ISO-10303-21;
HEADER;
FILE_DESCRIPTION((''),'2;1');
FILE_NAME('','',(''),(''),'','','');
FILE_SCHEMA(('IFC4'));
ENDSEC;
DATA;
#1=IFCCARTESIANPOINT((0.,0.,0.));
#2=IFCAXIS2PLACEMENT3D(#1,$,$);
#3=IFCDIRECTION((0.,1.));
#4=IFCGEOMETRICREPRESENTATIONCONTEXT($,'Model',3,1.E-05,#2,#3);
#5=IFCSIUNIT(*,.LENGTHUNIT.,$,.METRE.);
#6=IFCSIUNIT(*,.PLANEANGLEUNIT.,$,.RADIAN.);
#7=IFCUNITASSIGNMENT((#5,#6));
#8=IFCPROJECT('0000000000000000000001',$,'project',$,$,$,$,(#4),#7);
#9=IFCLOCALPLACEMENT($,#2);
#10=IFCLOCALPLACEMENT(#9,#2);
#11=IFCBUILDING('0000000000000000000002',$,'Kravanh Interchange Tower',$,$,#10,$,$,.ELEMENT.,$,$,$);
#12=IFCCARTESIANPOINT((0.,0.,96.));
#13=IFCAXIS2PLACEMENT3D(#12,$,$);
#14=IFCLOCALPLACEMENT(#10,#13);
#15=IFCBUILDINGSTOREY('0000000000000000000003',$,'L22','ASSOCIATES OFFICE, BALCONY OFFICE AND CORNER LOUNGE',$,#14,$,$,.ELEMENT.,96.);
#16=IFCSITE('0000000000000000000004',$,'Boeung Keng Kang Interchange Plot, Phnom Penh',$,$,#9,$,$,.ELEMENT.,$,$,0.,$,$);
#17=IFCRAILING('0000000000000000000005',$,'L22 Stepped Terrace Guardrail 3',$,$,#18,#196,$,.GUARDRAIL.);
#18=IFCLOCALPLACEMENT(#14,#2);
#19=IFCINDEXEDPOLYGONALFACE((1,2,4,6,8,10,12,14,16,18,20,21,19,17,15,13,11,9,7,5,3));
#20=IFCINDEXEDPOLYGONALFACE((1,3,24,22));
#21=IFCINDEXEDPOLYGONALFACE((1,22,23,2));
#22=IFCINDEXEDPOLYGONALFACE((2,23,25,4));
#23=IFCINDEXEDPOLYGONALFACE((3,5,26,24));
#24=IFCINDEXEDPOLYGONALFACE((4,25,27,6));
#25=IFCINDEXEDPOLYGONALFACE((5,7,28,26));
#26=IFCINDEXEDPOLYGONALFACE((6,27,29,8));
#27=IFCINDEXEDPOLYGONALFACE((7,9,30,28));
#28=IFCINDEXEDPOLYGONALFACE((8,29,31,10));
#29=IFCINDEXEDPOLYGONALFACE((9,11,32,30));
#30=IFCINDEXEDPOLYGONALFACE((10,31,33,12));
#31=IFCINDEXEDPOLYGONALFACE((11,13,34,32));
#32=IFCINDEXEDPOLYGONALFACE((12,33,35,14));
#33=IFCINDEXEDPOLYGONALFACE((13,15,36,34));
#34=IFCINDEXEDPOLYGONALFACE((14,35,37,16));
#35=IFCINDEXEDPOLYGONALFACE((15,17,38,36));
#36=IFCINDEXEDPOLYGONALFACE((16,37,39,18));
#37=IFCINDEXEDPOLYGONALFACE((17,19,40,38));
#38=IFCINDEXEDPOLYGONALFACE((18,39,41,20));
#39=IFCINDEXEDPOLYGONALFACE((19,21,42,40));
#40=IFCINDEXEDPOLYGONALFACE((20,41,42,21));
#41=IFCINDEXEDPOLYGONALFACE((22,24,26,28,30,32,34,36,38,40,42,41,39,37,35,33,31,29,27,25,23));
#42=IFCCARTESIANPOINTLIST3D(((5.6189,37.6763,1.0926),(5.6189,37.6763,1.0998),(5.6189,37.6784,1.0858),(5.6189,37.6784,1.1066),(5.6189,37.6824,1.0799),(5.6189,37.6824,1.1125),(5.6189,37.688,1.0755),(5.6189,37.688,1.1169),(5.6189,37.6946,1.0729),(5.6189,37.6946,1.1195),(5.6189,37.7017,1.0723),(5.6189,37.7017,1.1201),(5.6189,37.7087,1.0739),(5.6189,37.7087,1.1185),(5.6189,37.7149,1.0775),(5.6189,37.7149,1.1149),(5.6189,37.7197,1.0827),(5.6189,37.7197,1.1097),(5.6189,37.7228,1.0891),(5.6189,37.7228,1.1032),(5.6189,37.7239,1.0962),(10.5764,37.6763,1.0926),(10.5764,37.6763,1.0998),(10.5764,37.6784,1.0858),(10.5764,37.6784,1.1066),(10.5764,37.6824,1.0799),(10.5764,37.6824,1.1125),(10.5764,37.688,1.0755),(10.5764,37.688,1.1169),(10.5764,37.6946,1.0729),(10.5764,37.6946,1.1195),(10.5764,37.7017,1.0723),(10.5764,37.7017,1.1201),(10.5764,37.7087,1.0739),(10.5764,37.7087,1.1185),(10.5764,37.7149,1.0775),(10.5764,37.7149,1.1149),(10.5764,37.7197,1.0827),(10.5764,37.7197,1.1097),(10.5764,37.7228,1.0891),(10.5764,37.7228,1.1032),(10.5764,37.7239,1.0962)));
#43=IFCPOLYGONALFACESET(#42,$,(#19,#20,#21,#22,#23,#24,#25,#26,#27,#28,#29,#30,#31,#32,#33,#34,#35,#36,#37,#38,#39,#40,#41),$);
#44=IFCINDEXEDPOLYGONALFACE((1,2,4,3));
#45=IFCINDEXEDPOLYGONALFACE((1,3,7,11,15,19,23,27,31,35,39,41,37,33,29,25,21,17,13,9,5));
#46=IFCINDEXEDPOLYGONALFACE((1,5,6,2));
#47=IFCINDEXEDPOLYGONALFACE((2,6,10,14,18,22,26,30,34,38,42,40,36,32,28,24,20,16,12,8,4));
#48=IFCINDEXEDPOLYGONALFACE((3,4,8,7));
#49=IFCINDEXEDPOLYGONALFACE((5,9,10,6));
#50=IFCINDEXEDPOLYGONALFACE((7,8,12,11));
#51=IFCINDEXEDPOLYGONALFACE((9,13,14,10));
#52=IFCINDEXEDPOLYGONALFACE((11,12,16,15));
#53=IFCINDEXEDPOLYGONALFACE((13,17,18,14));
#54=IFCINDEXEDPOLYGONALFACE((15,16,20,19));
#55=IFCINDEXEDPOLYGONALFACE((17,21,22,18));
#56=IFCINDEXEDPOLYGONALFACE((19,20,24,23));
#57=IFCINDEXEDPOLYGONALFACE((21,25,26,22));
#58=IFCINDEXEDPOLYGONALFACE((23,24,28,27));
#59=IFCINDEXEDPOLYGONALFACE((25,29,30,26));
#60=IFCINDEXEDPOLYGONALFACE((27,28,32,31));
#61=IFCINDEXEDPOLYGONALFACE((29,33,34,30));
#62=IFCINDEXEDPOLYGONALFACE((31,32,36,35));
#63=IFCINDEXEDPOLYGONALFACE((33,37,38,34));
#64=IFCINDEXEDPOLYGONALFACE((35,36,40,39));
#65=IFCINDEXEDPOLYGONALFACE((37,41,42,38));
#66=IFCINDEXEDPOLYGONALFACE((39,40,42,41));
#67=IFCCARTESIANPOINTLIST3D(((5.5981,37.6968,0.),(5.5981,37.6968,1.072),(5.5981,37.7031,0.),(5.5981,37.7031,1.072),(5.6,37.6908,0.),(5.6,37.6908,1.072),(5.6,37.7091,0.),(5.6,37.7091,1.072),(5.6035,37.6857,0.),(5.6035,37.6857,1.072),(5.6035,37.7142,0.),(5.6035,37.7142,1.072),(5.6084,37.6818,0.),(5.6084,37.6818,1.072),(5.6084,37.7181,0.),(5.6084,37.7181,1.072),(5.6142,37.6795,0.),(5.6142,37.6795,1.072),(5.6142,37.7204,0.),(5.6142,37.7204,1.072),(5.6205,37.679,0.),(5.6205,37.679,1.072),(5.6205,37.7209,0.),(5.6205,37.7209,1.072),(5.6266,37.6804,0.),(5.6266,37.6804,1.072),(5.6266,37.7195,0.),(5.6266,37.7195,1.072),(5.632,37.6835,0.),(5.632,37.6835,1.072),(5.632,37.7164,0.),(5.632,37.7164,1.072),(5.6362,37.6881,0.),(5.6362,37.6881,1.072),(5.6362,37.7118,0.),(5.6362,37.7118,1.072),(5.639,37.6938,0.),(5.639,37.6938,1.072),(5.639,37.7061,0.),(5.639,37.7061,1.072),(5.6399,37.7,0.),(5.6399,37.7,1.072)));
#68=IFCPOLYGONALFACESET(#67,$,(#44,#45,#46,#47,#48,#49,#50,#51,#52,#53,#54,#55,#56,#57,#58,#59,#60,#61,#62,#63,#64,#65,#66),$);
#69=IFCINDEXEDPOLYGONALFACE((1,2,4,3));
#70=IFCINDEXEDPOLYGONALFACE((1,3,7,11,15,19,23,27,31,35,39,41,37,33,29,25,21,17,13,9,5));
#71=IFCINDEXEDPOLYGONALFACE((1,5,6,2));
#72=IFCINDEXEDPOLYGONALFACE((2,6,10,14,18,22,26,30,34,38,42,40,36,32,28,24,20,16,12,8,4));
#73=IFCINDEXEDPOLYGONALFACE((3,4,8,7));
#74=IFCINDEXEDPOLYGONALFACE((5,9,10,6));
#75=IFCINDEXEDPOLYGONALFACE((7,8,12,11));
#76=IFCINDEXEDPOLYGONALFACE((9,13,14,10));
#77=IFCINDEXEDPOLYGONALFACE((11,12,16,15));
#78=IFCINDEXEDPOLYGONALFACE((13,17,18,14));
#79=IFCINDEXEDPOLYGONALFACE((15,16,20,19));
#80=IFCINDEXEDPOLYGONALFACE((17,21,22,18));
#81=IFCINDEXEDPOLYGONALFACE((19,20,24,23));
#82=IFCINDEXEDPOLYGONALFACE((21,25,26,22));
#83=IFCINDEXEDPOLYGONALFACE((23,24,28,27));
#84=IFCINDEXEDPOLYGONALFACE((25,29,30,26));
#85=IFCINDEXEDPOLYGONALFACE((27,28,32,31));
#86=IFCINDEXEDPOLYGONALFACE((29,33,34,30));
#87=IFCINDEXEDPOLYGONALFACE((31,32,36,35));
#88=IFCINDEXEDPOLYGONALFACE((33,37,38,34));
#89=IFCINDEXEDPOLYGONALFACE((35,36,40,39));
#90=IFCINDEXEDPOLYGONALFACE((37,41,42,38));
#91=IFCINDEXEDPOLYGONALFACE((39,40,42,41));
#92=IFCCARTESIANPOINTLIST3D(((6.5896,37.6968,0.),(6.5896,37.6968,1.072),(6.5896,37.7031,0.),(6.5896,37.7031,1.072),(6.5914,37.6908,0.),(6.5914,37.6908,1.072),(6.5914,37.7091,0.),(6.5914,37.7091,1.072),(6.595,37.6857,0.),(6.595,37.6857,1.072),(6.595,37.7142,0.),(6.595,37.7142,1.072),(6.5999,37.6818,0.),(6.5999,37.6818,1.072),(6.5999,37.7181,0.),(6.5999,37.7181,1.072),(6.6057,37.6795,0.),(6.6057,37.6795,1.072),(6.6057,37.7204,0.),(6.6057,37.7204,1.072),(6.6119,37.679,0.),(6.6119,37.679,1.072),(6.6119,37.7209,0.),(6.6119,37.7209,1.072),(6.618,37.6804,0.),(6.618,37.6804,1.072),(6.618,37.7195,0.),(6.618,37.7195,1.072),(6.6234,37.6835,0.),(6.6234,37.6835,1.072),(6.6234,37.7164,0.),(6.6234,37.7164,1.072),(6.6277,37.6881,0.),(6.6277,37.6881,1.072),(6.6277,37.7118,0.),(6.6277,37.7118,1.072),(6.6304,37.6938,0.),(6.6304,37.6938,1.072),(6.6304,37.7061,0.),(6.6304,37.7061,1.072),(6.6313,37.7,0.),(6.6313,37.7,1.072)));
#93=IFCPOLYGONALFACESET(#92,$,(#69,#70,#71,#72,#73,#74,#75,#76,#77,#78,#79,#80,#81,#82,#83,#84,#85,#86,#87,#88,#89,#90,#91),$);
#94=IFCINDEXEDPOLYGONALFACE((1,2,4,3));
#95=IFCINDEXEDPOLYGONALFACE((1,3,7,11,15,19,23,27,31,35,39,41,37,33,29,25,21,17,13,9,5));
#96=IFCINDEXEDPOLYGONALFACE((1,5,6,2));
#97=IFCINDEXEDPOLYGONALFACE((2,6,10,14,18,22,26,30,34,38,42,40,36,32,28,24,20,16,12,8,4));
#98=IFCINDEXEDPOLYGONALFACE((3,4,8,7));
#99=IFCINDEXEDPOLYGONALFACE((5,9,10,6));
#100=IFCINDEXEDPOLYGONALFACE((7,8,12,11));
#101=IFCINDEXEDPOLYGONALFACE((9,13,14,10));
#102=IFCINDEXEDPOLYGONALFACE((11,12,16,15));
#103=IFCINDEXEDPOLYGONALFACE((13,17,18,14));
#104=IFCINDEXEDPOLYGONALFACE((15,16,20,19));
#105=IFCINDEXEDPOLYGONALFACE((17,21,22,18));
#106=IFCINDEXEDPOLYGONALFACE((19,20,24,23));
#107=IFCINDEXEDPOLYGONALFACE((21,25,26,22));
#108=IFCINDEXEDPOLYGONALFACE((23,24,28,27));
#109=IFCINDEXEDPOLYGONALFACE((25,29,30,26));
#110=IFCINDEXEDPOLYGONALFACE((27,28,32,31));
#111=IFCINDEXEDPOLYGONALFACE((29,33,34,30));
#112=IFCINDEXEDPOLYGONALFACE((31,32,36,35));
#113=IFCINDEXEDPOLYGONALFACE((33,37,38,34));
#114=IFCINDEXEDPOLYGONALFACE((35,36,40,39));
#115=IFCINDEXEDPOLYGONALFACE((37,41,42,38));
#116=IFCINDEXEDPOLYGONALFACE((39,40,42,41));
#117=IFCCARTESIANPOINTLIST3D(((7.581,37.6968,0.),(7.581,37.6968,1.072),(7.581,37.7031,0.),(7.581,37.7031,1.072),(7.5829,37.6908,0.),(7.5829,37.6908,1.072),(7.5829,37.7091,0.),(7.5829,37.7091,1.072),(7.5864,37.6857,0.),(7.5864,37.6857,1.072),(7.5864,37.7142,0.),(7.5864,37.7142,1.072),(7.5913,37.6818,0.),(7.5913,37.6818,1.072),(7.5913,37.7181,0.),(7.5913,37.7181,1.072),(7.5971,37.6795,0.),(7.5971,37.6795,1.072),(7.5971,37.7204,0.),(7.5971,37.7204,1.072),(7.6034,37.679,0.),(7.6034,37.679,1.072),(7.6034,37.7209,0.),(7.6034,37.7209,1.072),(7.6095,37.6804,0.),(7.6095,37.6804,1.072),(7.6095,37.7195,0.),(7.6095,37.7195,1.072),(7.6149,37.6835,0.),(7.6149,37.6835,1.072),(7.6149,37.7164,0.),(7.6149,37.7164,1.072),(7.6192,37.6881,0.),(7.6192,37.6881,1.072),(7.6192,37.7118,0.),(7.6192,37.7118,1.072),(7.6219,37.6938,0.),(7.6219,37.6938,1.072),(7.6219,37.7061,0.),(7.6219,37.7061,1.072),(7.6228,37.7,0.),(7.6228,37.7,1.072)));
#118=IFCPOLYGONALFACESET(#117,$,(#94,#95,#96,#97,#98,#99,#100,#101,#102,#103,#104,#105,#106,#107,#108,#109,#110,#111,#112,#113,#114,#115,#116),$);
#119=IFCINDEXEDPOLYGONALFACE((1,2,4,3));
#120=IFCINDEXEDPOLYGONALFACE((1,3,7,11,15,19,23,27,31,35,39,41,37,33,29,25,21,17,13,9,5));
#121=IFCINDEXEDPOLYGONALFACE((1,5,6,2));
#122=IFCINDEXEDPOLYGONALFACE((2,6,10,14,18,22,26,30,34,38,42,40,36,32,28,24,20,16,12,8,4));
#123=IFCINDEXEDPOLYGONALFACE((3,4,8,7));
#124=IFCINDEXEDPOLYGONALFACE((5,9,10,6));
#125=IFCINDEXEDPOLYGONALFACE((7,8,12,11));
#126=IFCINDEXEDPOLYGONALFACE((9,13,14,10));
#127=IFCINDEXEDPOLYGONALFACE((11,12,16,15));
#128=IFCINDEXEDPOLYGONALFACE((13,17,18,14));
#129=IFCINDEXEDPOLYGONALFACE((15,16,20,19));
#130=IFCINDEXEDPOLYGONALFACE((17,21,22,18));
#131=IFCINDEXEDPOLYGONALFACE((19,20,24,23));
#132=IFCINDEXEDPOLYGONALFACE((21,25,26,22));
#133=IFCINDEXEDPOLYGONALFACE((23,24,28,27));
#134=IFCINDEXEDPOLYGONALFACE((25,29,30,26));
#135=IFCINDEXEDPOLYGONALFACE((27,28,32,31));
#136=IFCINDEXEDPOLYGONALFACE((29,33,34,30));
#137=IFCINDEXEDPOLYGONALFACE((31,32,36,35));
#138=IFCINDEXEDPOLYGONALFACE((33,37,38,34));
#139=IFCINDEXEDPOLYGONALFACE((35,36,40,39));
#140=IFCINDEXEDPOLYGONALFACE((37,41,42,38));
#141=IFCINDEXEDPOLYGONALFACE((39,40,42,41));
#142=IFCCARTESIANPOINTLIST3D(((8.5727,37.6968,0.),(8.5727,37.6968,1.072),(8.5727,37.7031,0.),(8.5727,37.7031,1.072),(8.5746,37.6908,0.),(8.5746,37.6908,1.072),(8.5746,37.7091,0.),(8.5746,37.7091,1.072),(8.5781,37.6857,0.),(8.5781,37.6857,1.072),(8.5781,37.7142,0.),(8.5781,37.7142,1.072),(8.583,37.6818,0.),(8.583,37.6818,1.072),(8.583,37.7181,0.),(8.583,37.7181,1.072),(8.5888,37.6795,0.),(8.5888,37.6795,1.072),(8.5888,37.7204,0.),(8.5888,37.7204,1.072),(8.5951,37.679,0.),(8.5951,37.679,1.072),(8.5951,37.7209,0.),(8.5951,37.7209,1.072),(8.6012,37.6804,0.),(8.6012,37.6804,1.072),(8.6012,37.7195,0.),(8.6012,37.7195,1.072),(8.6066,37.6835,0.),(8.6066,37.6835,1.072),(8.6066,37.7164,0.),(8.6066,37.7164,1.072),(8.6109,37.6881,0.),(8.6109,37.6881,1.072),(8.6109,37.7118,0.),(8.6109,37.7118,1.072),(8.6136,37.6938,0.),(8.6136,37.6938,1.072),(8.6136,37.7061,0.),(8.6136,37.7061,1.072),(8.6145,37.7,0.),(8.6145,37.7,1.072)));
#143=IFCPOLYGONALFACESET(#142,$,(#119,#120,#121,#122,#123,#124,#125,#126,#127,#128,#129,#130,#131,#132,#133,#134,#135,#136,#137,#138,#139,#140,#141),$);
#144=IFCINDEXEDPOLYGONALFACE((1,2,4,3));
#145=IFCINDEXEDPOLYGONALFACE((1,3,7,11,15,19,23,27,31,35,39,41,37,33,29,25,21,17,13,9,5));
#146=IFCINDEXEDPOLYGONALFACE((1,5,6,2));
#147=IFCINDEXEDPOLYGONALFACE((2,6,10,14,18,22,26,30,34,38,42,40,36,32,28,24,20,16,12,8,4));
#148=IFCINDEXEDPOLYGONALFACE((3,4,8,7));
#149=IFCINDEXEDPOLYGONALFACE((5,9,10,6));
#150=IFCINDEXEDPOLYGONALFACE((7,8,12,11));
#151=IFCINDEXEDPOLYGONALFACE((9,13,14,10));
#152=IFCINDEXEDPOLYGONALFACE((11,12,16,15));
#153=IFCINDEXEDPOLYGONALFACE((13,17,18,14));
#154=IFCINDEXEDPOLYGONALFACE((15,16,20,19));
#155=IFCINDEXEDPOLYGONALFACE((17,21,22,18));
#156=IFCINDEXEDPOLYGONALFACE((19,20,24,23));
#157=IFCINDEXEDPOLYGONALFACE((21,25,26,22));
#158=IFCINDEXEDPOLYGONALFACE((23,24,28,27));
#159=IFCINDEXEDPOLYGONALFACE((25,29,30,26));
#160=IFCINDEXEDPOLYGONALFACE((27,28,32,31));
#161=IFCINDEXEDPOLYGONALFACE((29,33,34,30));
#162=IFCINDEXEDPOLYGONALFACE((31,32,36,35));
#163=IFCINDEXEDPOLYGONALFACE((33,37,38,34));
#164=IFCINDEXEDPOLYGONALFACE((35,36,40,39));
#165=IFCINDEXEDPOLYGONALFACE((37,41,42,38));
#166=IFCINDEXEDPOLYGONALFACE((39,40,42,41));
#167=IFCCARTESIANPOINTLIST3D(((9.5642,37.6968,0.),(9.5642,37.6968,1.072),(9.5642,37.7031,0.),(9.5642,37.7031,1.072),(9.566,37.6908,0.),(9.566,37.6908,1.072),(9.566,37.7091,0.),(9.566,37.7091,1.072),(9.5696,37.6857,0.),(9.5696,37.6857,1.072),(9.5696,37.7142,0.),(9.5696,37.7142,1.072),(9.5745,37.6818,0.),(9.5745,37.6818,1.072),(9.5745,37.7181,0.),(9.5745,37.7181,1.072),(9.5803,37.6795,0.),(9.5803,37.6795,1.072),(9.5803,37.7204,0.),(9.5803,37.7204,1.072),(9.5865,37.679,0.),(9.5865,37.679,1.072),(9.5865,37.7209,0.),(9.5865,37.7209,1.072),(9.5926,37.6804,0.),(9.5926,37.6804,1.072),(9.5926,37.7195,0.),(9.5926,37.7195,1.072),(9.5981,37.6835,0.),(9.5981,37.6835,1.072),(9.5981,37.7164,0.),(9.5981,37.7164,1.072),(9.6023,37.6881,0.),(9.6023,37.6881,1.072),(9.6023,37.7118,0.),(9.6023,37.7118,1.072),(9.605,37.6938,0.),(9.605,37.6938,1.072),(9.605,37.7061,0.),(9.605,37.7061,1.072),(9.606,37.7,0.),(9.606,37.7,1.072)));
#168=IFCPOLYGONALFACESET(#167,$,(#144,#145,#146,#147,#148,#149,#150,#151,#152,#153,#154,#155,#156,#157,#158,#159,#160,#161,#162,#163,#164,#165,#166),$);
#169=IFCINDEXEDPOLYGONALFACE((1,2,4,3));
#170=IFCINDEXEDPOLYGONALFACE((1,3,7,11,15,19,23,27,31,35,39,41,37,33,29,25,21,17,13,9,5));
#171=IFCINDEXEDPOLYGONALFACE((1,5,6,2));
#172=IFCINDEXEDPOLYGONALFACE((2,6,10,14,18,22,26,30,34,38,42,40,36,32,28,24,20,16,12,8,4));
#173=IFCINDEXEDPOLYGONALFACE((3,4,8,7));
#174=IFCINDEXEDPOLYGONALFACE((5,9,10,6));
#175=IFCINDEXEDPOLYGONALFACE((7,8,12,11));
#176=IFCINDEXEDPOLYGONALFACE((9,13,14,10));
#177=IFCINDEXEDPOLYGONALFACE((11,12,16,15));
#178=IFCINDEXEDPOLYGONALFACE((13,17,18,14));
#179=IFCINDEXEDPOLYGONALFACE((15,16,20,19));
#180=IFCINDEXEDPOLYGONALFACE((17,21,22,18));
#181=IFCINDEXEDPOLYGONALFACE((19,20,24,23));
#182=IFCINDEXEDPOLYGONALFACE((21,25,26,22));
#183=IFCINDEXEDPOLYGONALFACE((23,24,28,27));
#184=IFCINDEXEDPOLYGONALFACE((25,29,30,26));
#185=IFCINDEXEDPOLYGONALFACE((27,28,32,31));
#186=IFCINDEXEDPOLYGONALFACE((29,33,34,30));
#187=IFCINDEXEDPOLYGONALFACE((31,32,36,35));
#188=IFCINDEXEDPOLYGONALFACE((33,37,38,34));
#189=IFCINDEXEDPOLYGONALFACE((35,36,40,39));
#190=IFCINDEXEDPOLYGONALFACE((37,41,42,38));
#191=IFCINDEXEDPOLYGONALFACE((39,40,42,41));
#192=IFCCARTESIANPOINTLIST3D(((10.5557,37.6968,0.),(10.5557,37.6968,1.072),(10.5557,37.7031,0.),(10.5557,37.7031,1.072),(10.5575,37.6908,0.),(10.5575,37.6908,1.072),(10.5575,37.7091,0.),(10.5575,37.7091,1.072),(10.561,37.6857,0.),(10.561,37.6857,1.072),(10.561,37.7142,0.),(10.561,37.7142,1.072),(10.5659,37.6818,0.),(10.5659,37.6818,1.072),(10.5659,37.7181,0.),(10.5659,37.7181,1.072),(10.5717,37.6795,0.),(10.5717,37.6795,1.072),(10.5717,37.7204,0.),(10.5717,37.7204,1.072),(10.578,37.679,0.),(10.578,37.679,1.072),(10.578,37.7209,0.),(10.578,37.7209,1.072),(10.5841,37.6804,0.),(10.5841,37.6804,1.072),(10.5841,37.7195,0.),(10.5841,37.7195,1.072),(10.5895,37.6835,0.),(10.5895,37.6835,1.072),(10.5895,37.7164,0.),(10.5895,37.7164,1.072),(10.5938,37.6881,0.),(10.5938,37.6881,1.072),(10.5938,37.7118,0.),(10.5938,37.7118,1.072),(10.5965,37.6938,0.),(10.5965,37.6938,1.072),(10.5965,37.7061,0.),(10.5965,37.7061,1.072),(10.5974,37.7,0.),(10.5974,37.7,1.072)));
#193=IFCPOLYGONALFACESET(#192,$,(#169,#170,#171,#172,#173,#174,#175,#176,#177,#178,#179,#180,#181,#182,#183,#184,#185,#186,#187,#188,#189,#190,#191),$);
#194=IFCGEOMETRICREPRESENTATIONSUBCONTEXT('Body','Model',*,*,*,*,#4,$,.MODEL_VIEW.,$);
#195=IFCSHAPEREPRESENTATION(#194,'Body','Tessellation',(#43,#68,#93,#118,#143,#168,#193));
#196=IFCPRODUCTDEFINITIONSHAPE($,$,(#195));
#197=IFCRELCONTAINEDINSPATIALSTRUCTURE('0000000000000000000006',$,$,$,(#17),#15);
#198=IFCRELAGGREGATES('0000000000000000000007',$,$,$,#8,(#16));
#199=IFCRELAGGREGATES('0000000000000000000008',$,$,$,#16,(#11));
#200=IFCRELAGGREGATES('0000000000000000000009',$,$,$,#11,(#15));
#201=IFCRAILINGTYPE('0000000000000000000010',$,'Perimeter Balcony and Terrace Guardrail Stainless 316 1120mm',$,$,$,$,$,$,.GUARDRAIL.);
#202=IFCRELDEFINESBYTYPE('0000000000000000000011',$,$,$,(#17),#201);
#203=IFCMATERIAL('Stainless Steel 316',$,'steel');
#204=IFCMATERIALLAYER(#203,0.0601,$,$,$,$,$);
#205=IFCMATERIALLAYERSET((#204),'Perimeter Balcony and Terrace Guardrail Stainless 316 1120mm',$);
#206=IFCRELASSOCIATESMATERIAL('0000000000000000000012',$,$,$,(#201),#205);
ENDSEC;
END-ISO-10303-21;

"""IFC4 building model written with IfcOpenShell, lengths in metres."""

from ifc_helpers import new_model, si_unit, direction, frame, origin, origin_2d, place, context, subcontext, project, spatial, circle, extrude, material, layer, layer_set, type_object, element, save


model = new_model("IFC4")

# Units and contexts
model_context = context("Model", 3, precision=1e-05, world=origin(), true_north=direction((0.0, 1.0)))
body_context = subcontext(model_context, "Body", "Model", "MODEL_VIEW")
ifc_project = project(units=[si_unit("LENGTHUNIT", "METRE"), si_unit("PLANEANGLEUNIT", "RADIAN")], contexts=[model_context])

# Site, building, storey
site_placement = place(None, origin())
site = spatial("IfcSite", under=ifc_project, at=site_placement, Name="Boeung Keng Kang Interchange Plot, Phnom Penh", CompositionType="ELEMENT", RefElevation=0.0)
building_placement = place(site_placement, origin())
building = spatial("IfcBuilding", under=site, at=building_placement, Name="Kravanh Interchange Tower", CompositionType="ELEMENT")
storey_placement = place(building_placement, frame((0.0, 0.0, 96.0)))
storey = spatial("IfcBuildingStorey", under=building, at=storey_placement, Name="L22", Description="ASSOCIATES OFFICE, BALCONY OFFICE AND CORNER LOUNGE", CompositionType="ELEMENT", Elevation=96.0)

# Railing
ifc_material_1 = material(Name="Stainless Steel 316", Category="steel")
ifc_layer_1 = layer(ifc_material_1, 0.0601)
ifc_layer_set_1 = layer_set([ifc_layer_1], Name="Perimeter Balcony and Terrace Guardrail Stainless 316 1120mm")
railing_type = type_object("IfcRailingType", Name="Perimeter Balcony and Terrace Guardrail Stainless 316 1120mm", PredefinedType="GUARDRAIL", material=ifc_layer_set_1)
railing_placement = place(storey_placement, frame((5.6189, 37.7, 0.0)))
element("IfcRailing", 1, at=railing_placement, inside=storey, type_object=railing_type, Name="L22 Stepped Terrace Guardrail 3", PredefinedType="GUARDRAIL", context=body_context, shape_type="SweptSolid", body=[
    extrude(circle(Radius=0.0239, at=origin_2d()), frame((0.0, 0.0, 1.0962), z_axis=(1.0, 0.0, 0.0), x_axis=(0.0, 1.0, 0.0)), (0.0, 0.0, 1.0), 4.9575),
    extrude(circle(Radius=0.021, at=origin_2d()), origin(), (0.0, 0.0, 1.0), 1.072),
    extrude(circle(Radius=0.021, at=origin_2d()), frame((0.9915, 0.0, 0.0)), (0.0, 0.0, 1.0), 1.072),
    extrude(circle(Radius=0.021, at=origin_2d()), frame((1.9829, 0.0, 0.0)), (0.0, 0.0, 1.0), 1.072),
    extrude(circle(Radius=0.021, at=origin_2d()), frame((2.9746, 0.0, 0.0)), (0.0, 0.0, 1.0), 1.072),
    extrude(circle(Radius=0.021, at=origin_2d()), frame((3.9661, 0.0, 0.0)), (0.0, 0.0, 1.0), 1.072),
    extrude(circle(Radius=0.021, at=origin_2d()), frame((4.9575, 0.0, 0.0)), (0.0, 0.0, 1.0), 1.072),
])

save(model, "model.ifc")
